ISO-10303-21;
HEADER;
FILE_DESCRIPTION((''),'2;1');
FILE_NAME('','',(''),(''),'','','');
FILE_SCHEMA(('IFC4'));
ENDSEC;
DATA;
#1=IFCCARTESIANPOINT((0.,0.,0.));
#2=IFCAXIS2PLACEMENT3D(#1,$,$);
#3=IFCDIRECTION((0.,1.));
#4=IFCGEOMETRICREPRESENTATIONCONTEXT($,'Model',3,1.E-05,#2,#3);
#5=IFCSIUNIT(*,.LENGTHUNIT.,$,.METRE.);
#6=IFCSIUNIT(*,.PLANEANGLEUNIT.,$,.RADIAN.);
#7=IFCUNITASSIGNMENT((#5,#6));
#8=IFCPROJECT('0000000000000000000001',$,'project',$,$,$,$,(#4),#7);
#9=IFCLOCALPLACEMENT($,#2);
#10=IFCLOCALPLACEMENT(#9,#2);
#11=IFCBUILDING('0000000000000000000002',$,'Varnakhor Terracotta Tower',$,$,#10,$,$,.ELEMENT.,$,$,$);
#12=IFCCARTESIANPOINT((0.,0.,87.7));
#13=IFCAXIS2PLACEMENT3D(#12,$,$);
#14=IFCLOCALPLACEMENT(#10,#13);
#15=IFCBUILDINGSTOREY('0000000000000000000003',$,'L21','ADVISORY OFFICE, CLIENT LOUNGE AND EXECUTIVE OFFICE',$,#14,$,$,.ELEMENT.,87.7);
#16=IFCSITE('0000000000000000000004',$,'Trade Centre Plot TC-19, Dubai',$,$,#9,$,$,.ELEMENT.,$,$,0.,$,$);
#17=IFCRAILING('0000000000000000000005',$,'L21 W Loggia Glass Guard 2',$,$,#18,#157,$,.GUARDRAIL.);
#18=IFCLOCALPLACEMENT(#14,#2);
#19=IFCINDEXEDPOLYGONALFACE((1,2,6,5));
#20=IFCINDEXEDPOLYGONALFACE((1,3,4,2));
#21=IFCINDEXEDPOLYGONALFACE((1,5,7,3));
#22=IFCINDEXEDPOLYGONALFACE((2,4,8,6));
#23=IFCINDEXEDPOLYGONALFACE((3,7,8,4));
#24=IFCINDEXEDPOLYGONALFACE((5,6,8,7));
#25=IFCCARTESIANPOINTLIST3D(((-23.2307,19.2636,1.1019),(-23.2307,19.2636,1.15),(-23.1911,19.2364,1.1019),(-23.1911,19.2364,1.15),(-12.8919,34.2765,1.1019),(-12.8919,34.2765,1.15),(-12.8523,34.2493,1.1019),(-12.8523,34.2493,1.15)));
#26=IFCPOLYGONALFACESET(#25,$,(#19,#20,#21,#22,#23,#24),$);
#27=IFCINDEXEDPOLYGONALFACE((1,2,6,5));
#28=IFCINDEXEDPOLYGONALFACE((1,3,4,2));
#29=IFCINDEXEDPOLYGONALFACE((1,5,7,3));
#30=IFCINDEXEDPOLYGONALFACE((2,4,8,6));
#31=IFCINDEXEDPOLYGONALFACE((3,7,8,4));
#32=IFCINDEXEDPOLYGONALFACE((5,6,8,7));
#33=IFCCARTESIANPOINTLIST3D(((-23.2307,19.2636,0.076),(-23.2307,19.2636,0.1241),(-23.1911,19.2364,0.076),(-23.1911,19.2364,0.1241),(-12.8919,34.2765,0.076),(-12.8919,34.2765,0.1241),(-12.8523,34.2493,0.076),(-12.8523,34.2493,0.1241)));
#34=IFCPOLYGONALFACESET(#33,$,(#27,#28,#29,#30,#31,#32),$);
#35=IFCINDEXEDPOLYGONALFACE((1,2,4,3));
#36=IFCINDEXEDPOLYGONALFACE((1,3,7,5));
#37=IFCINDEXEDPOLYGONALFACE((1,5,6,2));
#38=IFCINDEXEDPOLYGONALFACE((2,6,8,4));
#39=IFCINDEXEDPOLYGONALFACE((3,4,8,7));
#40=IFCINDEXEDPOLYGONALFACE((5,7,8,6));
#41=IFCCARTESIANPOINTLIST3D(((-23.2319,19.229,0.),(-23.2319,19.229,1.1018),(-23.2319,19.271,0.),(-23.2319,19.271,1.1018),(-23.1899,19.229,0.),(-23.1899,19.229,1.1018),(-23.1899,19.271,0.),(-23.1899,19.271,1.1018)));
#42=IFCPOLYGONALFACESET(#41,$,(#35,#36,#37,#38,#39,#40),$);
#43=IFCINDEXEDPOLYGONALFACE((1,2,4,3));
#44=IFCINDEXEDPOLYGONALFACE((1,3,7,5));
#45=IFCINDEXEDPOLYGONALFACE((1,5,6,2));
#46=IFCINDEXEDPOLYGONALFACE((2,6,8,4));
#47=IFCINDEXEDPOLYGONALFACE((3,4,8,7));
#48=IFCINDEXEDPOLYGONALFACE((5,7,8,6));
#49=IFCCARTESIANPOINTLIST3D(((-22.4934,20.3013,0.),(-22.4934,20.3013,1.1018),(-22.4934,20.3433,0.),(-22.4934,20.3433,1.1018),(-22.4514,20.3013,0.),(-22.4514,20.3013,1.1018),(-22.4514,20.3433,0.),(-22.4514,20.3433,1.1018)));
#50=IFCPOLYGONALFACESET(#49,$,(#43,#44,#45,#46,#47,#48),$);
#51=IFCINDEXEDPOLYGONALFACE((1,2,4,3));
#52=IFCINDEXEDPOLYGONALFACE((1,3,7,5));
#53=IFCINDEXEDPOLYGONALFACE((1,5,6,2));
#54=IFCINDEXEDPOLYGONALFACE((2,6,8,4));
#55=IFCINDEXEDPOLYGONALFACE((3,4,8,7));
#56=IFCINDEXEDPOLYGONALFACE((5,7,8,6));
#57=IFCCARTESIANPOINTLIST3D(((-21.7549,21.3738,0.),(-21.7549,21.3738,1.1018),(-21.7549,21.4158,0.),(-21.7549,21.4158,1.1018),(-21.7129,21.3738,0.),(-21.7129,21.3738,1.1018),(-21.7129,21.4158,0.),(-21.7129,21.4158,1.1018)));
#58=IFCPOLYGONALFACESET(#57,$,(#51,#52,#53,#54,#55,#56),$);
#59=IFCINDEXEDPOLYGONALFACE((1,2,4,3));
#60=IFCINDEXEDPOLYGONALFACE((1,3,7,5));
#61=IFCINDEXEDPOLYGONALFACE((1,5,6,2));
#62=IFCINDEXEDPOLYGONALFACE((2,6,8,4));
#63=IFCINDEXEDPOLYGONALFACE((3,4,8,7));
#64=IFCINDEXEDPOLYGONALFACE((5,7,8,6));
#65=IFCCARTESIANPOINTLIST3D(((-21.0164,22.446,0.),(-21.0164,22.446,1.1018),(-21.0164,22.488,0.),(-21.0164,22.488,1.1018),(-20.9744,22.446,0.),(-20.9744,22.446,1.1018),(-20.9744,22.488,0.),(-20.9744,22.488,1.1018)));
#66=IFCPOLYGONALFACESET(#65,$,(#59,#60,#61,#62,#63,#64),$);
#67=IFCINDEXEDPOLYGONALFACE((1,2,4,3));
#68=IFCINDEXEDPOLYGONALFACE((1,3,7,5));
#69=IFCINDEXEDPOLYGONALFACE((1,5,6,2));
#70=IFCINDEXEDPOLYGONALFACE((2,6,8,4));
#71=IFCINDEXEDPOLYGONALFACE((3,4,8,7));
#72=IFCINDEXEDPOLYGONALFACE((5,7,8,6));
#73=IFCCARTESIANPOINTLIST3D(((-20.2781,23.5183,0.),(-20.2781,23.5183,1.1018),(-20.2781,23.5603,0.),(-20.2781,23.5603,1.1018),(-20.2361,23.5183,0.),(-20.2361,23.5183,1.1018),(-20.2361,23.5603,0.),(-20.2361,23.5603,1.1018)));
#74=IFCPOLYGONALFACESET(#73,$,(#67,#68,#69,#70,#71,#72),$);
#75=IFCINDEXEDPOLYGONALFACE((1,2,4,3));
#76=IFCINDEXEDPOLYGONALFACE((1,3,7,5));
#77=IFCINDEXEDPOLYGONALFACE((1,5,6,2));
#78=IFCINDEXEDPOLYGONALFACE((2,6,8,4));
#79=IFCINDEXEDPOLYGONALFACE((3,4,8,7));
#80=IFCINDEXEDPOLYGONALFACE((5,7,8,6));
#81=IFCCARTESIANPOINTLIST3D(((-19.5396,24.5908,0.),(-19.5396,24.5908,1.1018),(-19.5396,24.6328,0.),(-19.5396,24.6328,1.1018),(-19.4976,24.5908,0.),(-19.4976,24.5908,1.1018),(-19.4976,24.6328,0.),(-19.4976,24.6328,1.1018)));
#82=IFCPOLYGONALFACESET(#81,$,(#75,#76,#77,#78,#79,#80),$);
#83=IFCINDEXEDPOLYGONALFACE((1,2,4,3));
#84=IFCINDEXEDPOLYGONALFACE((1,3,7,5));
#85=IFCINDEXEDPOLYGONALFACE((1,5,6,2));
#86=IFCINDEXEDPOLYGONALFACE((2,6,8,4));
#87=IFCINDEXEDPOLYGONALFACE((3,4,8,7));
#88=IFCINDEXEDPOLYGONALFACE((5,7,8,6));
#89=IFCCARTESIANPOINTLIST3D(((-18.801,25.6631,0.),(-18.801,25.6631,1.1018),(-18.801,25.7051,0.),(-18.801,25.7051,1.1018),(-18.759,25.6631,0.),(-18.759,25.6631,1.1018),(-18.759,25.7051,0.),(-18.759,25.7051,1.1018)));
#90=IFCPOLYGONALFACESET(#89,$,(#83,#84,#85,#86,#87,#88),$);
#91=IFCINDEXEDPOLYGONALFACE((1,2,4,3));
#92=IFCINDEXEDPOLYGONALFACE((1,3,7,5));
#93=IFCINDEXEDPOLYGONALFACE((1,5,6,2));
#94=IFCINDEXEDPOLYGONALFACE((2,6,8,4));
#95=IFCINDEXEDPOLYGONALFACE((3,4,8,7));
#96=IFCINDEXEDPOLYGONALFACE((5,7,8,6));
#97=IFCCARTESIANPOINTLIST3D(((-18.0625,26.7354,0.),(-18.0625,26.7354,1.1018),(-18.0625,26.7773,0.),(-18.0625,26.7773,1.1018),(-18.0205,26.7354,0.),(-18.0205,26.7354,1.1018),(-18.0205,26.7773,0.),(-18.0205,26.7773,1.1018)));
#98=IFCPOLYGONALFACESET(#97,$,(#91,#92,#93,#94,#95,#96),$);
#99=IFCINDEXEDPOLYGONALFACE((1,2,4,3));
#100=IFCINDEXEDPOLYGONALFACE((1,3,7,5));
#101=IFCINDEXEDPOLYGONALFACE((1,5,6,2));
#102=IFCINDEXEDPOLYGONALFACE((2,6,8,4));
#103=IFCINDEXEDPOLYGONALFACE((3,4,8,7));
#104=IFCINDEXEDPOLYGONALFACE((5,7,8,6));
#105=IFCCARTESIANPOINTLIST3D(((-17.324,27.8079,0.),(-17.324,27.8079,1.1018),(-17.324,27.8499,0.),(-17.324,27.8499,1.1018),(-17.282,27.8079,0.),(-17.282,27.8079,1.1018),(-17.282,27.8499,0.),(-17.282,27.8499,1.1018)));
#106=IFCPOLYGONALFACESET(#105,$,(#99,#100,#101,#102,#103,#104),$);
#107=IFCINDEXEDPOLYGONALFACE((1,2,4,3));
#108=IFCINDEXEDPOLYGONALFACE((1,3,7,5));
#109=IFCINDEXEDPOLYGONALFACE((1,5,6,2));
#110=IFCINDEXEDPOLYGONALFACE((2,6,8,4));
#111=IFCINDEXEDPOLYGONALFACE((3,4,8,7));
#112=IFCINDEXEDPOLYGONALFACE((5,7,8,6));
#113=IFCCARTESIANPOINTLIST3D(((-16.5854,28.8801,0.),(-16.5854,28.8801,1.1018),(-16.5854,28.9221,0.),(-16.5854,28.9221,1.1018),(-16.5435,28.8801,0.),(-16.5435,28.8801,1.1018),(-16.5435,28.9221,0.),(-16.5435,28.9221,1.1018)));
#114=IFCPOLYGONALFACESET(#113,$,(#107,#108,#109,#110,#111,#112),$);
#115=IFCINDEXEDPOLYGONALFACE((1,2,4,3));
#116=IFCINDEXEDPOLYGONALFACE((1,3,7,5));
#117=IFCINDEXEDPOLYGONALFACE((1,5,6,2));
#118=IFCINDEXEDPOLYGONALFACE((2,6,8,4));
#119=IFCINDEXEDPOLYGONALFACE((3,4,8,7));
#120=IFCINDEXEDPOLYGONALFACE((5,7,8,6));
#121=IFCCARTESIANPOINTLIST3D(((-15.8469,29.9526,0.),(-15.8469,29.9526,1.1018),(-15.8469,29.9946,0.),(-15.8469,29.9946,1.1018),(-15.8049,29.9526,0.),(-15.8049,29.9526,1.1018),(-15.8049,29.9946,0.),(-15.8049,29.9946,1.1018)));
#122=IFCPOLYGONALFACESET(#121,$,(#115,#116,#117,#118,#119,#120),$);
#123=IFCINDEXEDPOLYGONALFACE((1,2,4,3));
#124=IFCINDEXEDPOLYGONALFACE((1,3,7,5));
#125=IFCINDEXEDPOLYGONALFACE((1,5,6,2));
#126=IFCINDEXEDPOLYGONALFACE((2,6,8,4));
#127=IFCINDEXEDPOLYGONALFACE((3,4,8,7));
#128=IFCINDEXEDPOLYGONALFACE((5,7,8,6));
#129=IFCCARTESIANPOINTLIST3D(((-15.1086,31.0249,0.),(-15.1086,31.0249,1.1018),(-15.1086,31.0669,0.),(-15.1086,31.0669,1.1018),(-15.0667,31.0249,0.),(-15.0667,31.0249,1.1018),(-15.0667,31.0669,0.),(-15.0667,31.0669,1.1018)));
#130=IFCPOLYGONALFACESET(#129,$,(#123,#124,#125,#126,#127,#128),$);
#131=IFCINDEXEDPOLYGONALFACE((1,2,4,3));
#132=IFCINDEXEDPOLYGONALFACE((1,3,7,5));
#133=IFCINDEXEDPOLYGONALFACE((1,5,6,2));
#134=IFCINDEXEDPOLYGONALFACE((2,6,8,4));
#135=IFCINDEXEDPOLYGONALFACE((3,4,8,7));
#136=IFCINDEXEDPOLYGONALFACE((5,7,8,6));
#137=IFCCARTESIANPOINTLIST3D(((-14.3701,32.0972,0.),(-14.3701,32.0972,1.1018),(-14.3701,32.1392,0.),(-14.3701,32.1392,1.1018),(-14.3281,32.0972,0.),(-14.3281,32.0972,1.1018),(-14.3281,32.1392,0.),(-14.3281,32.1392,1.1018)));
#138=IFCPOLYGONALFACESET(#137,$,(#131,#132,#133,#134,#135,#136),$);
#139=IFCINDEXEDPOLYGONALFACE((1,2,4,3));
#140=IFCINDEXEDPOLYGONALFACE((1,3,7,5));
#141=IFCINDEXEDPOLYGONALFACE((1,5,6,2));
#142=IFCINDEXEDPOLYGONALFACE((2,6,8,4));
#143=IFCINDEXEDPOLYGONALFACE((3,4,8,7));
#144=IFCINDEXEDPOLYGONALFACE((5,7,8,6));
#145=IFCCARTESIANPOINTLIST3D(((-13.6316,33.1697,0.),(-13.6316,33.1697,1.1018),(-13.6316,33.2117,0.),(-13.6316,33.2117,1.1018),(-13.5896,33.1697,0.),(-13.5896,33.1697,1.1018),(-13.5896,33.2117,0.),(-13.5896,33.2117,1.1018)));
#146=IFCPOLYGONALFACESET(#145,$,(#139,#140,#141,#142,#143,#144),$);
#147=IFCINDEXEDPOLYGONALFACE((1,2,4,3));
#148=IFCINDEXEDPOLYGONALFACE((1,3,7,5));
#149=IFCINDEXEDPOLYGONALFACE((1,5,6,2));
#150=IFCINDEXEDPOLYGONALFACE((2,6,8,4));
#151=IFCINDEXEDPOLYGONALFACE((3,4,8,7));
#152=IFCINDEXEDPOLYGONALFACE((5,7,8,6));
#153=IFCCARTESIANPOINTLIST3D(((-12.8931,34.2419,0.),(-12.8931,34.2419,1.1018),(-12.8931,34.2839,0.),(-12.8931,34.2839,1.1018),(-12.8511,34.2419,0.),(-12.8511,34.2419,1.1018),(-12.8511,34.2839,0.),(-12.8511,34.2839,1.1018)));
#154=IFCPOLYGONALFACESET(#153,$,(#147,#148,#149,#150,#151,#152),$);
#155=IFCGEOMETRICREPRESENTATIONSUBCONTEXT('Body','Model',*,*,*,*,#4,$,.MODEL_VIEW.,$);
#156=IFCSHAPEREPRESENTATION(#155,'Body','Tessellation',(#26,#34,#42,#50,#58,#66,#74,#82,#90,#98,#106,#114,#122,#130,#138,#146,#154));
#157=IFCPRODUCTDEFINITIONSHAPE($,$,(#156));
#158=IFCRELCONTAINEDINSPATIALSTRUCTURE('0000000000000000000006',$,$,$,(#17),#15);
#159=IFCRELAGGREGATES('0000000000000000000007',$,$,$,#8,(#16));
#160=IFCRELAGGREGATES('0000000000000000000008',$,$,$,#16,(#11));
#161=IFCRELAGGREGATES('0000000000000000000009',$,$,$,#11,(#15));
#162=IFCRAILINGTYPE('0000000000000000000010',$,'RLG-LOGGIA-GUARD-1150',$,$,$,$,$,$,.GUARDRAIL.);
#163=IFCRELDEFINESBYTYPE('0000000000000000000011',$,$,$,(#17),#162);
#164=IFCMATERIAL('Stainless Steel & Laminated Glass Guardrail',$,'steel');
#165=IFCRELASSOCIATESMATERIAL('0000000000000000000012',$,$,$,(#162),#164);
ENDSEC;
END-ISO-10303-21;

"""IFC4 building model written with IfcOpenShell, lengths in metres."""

from ifc_helpers import new_model, si_unit, direction, frame, origin, origin_2d, place, context, subcontext, project, spatial, rectangle, extrude, material, type_object, element, save


model = new_model("IFC4")

# Units and contexts
model_context = context("Model", 3, precision=1e-05, world=origin(), true_north=direction((0.0, 1.0)))
body_context = subcontext(model_context, "Body", "Model", "MODEL_VIEW")
ifc_project = project(units=[si_unit("LENGTHUNIT", "METRE"), si_unit("PLANEANGLEUNIT", "RADIAN")], contexts=[model_context])

# Site, building, storey
site_placement = place(None, origin())
site = spatial("IfcSite", under=ifc_project, at=site_placement, Name="Trade Centre Plot TC-19, Dubai", CompositionType="ELEMENT", RefElevation=0.0)
building_placement = place(site_placement, origin())
building = spatial("IfcBuilding", under=site, at=building_placement, Name="Varnakhor Terracotta Tower", CompositionType="ELEMENT")
storey_placement = place(building_placement, frame((0.0, 0.0, 87.7)))
storey = spatial("IfcBuildingStorey", under=building, at=storey_placement, Name="L21", Description="ADVISORY OFFICE, CLIENT LOUNGE AND EXECUTIVE OFFICE", CompositionType="ELEMENT", Elevation=87.7)

# Railing
ifc_material_1 = material(Name="Stainless Steel & Laminated Glass Guardrail", Category="steel")
railing_type = type_object("IfcRailingType", Name="RLG-LOGGIA-GUARD-1150", PredefinedType="GUARDRAIL", material=ifc_material_1)
railing_1_placement = place(storey_placement, frame((-23.2109, 19.25, 0.0)))
element("IfcRailing", 1, at=railing_1_placement, inside=storey, type_object=railing_type, Name="L21 W Loggia Glass Guard 2", PredefinedType="GUARDRAIL", context=body_context, shape_type="SweptSolid", body=[
    extrude(rectangle(XDim=0.0481, YDim=0.0481, at=origin_2d()), frame((0.0, 0.0, 1.126), z_axis=(0.567179, 0.823594, 0.0), x_axis=(-0.823594, 0.567179, 0.0)), (0.0, 0.0, 1.0), 18.2285),
    extrude(rectangle(XDim=0.0481, YDim=0.0481, at=origin_2d()), frame((0.0, 0.0, 0.1001), z_axis=(0.567179, 0.823594, 0.0), x_axis=(-0.823594, 0.567179, 0.0)), (0.0, 0.0, 1.0), 18.2285),
    extrude(rectangle(XDim=0.042, YDim=0.042, at=origin_2d()), origin(), (0.0, 0.0, 1.0), 1.1018),
    extrude(rectangle(XDim=0.042, YDim=0.042, at=origin_2d()), frame((0.7385, 1.0723, 0.0)), (0.0, 0.0, 1.0), 1.1018),
    extrude(rectangle(XDim=0.042, YDim=0.042, at=origin_2d()), frame((1.4771, 2.1448, 0.0)), (0.0, 0.0, 1.0), 1.1018),
    extrude(rectangle(XDim=0.042, YDim=0.042, at=origin_2d()), frame((2.2156, 3.217, 0.0)), (0.0, 0.0, 1.0), 1.1018),
    extrude(rectangle(XDim=0.042, YDim=0.042, at=origin_2d()), frame((2.9539, 4.2893, 0.0)), (0.0, 0.0, 1.0), 1.1018),
    extrude(rectangle(XDim=0.042, YDim=0.042, at=origin_2d()), frame((3.6924, 5.3618, 0.0)), (0.0, 0.0, 1.0), 1.1018),
    extrude(rectangle(XDim=0.042, YDim=0.042, at=origin_2d()), frame((4.4309, 6.4341, 0.0)), (0.0, 0.0, 1.0), 1.1018),
    extrude(rectangle(XDim=0.042, YDim=0.042, at=origin_2d()), frame((5.1694, 7.5063, 0.0)), (0.0, 0.0, 1.0), 1.1018),
    extrude(rectangle(XDim=0.042, YDim=0.042, at=origin_2d()), frame((5.908, 8.5789, 0.0)), (0.0, 0.0, 1.0), 1.1018),
    extrude(rectangle(XDim=0.042, YDim=0.042, at=origin_2d()), frame((6.6465, 9.6511, 0.0)), (0.0, 0.0, 1.0), 1.1018),
    extrude(rectangle(XDim=0.042, YDim=0.042, at=origin_2d()), frame((7.385, 10.7236, 0.0)), (0.0, 0.0, 1.0), 1.1018),
    extrude(rectangle(XDim=0.042, YDim=0.042, at=origin_2d()), frame((8.1233, 11.7959, 0.0)), (0.0, 0.0, 1.0), 1.1018),
    extrude(rectangle(XDim=0.042, YDim=0.042, at=origin_2d()), frame((8.8618, 12.8682, 0.0)), (0.0, 0.0, 1.0), 1.1018),
    extrude(rectangle(XDim=0.042, YDim=0.042, at=origin_2d()), frame((9.6003, 13.9407, 0.0)), (0.0, 0.0, 1.0), 1.1018),
    extrude(rectangle(XDim=0.042, YDim=0.042, at=origin_2d()), frame((10.3389, 15.0129, 0.0)), (0.0, 0.0, 1.0), 1.1018),
])

save(model, "model.ifc")
